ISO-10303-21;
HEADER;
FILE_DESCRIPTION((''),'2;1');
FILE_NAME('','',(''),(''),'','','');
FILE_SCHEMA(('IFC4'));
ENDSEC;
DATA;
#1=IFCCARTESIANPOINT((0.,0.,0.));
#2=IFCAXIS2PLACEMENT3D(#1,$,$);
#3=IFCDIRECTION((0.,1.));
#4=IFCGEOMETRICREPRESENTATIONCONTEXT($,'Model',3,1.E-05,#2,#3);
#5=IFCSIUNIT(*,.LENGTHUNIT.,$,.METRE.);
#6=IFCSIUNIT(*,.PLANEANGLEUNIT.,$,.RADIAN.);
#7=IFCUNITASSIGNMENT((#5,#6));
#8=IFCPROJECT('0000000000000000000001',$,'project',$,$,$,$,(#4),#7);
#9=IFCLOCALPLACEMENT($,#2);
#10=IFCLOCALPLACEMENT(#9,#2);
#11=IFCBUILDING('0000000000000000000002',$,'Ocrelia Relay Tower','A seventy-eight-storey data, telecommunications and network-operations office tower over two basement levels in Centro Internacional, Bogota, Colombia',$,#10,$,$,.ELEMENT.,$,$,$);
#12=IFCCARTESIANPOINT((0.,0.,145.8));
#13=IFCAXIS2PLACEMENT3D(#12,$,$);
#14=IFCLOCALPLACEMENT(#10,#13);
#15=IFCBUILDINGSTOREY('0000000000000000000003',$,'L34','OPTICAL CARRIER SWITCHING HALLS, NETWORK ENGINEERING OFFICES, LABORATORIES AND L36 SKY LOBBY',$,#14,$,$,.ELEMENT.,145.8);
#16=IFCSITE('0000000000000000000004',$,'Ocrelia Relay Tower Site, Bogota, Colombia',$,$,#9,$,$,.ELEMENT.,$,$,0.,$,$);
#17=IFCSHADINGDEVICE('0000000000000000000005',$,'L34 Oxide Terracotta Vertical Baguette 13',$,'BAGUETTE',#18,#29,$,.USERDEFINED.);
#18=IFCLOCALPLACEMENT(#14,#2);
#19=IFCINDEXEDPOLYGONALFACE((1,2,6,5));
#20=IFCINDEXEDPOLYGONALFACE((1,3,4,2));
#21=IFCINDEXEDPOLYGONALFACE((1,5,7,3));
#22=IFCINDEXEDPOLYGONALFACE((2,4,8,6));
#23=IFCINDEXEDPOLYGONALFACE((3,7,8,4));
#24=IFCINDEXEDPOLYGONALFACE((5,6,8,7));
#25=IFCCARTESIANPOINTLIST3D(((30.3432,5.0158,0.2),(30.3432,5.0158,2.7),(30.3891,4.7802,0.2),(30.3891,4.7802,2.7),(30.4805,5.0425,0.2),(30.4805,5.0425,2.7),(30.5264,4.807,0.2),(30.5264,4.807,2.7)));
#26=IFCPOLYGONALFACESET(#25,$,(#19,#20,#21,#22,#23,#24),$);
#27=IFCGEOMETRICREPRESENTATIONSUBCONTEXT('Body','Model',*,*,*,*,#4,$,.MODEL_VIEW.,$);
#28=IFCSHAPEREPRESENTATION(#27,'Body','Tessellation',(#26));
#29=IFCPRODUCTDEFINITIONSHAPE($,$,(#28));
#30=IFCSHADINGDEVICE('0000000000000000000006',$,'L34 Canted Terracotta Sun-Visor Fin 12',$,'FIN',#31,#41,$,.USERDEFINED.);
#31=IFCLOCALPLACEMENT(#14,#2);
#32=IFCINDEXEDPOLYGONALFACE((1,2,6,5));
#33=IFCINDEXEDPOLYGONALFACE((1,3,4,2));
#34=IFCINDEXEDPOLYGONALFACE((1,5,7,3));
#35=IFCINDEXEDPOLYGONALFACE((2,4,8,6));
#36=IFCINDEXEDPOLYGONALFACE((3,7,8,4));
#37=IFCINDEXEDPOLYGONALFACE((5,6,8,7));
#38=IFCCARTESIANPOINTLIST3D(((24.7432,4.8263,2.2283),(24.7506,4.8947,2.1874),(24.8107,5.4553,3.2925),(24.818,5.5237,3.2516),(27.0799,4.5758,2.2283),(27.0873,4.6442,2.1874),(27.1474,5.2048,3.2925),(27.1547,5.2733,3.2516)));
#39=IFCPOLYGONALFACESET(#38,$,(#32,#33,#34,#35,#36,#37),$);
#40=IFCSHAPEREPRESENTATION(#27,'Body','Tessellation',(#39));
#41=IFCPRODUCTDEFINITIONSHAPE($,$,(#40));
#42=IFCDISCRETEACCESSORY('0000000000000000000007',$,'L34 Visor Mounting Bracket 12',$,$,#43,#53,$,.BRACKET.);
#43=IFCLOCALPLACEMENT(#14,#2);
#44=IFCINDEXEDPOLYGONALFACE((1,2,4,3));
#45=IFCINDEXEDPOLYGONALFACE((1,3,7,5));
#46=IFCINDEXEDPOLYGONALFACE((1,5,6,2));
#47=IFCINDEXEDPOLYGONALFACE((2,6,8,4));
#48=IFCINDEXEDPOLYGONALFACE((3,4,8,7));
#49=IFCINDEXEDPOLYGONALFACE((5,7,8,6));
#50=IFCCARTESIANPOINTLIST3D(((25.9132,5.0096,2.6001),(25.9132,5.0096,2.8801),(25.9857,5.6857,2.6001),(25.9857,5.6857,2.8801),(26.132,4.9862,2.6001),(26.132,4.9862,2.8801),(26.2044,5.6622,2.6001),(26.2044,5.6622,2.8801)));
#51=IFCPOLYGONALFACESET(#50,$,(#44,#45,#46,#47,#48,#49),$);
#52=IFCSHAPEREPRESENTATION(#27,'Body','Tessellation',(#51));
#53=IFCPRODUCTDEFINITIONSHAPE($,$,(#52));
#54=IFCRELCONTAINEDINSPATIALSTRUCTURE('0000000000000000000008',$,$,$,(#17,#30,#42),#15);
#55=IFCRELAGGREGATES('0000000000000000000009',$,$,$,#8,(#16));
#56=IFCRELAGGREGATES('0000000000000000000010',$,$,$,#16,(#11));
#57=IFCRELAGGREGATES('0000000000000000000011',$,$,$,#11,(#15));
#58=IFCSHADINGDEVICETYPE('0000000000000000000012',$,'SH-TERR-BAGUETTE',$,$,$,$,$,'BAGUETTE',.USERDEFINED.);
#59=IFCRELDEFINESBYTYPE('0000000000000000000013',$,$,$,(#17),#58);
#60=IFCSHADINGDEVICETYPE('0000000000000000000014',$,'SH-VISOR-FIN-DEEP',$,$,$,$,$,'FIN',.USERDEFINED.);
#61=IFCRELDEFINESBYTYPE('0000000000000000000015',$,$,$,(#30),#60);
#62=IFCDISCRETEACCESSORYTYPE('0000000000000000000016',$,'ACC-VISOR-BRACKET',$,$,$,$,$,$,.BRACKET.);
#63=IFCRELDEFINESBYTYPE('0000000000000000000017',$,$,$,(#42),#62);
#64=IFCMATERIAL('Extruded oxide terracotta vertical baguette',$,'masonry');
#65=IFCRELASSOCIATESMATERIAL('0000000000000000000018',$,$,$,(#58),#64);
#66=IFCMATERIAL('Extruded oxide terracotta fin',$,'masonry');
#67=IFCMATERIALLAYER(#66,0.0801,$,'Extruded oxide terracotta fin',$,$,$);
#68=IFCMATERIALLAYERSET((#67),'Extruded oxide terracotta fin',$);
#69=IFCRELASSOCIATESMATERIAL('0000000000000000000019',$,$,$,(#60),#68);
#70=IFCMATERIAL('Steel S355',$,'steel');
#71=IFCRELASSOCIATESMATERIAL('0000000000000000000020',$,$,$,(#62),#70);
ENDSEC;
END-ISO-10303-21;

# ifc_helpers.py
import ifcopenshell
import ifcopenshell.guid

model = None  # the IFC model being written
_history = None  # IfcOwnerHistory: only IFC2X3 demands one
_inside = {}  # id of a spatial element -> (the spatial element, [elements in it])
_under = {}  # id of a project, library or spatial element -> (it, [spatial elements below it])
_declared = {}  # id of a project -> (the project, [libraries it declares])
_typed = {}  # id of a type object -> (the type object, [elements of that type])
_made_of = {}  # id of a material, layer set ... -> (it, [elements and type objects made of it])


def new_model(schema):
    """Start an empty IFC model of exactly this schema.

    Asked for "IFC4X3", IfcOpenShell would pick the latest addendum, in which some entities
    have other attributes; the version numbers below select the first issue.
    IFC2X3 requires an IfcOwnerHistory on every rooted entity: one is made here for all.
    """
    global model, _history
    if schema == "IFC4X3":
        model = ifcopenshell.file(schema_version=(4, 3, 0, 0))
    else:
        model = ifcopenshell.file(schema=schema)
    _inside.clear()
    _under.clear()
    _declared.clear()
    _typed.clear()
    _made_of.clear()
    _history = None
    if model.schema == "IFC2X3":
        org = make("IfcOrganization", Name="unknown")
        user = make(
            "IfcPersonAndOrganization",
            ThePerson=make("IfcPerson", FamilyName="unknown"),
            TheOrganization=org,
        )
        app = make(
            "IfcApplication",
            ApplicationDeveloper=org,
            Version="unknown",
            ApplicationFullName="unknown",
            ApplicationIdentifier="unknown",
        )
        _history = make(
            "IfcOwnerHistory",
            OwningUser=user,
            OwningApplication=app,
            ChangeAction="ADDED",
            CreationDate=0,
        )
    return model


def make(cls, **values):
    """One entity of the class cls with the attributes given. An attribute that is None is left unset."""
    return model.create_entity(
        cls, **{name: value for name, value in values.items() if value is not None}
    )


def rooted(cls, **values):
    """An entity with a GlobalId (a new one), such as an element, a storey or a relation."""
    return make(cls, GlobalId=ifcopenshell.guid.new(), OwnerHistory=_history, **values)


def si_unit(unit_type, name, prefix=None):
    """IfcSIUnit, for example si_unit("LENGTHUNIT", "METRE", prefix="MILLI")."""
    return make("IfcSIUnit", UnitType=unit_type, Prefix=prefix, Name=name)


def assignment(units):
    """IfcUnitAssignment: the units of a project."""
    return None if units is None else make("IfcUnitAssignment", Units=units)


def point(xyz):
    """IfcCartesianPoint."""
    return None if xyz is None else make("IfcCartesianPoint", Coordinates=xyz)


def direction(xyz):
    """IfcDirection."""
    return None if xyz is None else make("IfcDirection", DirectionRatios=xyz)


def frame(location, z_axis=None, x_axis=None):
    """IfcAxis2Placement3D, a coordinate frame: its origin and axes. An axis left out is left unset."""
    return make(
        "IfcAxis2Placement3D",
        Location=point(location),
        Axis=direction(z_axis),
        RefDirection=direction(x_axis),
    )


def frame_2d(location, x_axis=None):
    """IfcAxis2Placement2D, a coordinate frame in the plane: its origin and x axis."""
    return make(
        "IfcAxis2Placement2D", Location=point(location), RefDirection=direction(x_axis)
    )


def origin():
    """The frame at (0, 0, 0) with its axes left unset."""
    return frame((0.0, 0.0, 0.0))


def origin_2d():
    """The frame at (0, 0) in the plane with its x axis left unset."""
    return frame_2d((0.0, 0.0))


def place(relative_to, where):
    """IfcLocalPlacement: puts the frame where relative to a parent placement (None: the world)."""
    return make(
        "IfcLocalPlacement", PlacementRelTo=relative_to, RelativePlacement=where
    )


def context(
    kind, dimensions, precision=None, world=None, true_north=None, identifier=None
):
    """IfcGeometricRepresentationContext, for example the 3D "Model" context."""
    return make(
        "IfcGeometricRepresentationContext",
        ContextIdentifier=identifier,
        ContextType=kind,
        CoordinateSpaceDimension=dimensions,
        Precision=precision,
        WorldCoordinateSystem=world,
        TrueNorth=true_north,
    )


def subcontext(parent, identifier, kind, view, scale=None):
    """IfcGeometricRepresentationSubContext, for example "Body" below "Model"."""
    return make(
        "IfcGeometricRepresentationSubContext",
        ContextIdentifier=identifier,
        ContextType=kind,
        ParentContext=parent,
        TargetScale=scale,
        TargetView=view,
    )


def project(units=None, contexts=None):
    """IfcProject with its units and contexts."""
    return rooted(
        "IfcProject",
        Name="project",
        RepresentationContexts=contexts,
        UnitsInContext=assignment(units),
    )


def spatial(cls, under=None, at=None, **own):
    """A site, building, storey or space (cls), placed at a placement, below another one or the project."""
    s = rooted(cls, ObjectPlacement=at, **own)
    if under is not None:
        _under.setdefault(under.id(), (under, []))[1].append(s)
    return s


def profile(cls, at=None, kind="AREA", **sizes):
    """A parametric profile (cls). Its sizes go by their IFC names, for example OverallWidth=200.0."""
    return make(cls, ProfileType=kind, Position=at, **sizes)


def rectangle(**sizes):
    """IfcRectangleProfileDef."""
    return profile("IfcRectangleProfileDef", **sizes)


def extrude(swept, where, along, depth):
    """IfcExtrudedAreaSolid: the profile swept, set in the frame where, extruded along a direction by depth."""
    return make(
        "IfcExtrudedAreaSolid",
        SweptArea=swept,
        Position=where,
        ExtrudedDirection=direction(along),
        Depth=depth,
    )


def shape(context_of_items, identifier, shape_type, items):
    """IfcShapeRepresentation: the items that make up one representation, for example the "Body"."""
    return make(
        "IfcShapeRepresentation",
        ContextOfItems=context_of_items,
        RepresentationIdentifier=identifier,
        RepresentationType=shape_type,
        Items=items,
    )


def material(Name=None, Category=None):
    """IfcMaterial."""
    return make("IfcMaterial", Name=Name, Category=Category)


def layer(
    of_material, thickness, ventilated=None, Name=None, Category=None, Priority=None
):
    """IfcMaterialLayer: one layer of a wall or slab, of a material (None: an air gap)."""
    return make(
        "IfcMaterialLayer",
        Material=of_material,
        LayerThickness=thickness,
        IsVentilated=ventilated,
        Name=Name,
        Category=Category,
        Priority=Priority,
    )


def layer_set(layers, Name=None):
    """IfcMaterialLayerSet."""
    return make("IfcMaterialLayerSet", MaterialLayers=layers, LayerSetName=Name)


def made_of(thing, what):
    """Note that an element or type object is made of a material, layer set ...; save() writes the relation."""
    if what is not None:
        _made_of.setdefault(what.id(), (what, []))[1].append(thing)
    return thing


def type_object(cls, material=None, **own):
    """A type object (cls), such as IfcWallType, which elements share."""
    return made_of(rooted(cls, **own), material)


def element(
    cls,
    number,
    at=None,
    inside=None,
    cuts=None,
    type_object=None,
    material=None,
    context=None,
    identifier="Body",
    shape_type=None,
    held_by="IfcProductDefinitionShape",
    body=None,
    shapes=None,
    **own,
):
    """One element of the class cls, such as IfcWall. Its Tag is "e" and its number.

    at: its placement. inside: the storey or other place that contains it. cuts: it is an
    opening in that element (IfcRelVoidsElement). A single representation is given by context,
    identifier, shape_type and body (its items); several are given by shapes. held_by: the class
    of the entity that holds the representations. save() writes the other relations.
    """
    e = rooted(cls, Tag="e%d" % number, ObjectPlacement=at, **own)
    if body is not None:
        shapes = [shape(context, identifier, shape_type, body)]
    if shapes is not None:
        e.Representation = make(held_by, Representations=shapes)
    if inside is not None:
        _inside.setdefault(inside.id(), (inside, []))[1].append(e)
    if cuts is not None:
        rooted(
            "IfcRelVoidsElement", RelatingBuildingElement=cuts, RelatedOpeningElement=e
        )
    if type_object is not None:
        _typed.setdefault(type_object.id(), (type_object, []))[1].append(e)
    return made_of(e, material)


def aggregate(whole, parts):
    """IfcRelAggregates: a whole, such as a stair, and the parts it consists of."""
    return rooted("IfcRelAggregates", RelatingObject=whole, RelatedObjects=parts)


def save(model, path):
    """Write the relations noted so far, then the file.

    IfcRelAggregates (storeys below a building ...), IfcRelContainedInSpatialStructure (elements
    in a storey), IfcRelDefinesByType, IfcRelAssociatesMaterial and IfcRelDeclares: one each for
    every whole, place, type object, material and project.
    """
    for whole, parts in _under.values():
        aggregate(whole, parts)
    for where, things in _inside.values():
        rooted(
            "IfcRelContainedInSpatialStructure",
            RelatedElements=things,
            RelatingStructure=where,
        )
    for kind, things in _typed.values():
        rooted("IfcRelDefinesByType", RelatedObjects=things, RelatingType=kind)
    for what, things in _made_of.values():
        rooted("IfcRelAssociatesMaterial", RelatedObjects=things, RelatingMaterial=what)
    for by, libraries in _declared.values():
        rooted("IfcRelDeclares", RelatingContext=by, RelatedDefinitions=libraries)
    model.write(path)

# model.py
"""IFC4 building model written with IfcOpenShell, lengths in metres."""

from ifc_helpers import new_model, si_unit, direction, frame, origin, origin_2d, place, context, subcontext, project, spatial, rectangle, extrude, material, layer, layer_set, type_object, element, save


model = new_model("IFC4")

# Units and contexts
model_context = context("Model", 3, precision=1e-05, world=origin(), true_north=direction((0.0, 1.0)))
body_context = subcontext(model_context, "Body", "Model", "MODEL_VIEW")
ifc_project = project(units=[si_unit("LENGTHUNIT", "METRE"), si_unit("PLANEANGLEUNIT", "RADIAN")], contexts=[model_context])

# Site, building, storey
site_placement = place(None, origin())
site = spatial("IfcSite", under=ifc_project, at=site_placement, Name="Ocrelia Relay Tower Site, Bogota, Colombia", CompositionType="ELEMENT", RefElevation=0.0)
building_placement = place(site_placement, origin())
building = spatial("IfcBuilding", under=site, at=building_placement, Name="Ocrelia Relay Tower", Description="A seventy-eight-storey data, telecommunications and network-operations office tower over two basement levels in Centro Internacional, Bogota, Colombia", CompositionType="ELEMENT")
storey_placement = place(building_placement, frame((0.0, 0.0, 145.8)))
storey = spatial("IfcBuildingStorey", under=building, at=storey_placement, Name="L34", Description="OPTICAL CARRIER SWITCHING HALLS, NETWORK ENGINEERING OFFICES, LABORATORIES AND L36 SKY LOBBY", CompositionType="ELEMENT", Elevation=145.8)

# Shared definitions
ifc_material_1 = material(Name="Steel S355", Category="steel")

# Shading devices
ifc_material_2 = material(Name="Extruded oxide terracotta vertical baguette", Category="masonry")
shading_device_type_1 = type_object("IfcShadingDeviceType", Name="SH-TERR-BAGUETTE", ElementType="BAGUETTE", PredefinedType="USERDEFINED", material=ifc_material_2)
shading_device_1_placement = place(storey_placement, frame((30.4348, 4.9114, 0.2), z_axis=(0.0, 0.0, 1.0), x_axis=(0.98153, 0.191307, 0.0)))
element("IfcShadingDevice", 1, at=shading_device_1_placement, inside=storey, type_object=shading_device_type_1, Name="L34 Oxide Terracotta Vertical Baguette 13", ObjectType="BAGUETTE", PredefinedType="USERDEFINED", context=body_context, shape_type="SweptSolid", body=[
    extrude(rectangle(XDim=0.1399, YDim=0.24, at=origin_2d()), origin(), (0.0, 0.0, 1.0), 2.5),
])
ifc_material_3 = material(Name="Extruded oxide terracotta fin", Category="masonry")
ifc_layer_1 = layer(ifc_material_3, 0.0801, Name="Extruded oxide terracotta fin")
ifc_layer_set_1 = layer_set([ifc_layer_1], Name="Extruded oxide terracotta fin")
shading_device_type_2 = type_object("IfcShadingDeviceType", Name="SH-VISOR-FIN-DEEP", ElementType="FIN", PredefinedType="USERDEFINED", material=ifc_layer_set_1)
shading_device_2_placement = place(storey_placement, frame((25.9526, 5.084, 2.7195), z_axis=(-0.091617, -0.854688, 0.510993), x_axis=(0.994304, -0.106583, 0.0)))
element("IfcShadingDevice", 2, at=shading_device_2_placement, inside=storey, type_object=shading_device_type_2, Name="L34 Canted Terracotta Sun-Visor Fin 12", ObjectType="FIN", PredefinedType="USERDEFINED", context=body_context, shape_type="SweptSolid", body=[
    extrude(rectangle(XDim=2.3501, YDim=1.238, at=origin_2d()), origin(), (0.0, 0.0, 1.0), 0.0801),
])

# Discrete accessory
discrete_accessory_type = type_object("IfcDiscreteAccessoryType", Name="ACC-VISOR-BRACKET", PredefinedType="BRACKET", material=ifc_material_1)
discrete_accessory_placement = place(storey_placement, frame((26.0588, 5.3359, 2.6001), z_axis=(0.0, 0.0, 1.0), x_axis=(0.994304, -0.106583, 0.0)))
element("IfcDiscreteAccessory", 3, at=discrete_accessory_placement, inside=storey, type_object=discrete_accessory_type, Name="L34 Visor Mounting Bracket 12", PredefinedType="BRACKET", context=body_context, shape_type="SweptSolid", body=[
    extrude(rectangle(XDim=0.22, YDim=0.6799, at=origin_2d()), origin(), (0.0, 0.0, 1.0), 0.28),
])

save(model, "model.ifc")
